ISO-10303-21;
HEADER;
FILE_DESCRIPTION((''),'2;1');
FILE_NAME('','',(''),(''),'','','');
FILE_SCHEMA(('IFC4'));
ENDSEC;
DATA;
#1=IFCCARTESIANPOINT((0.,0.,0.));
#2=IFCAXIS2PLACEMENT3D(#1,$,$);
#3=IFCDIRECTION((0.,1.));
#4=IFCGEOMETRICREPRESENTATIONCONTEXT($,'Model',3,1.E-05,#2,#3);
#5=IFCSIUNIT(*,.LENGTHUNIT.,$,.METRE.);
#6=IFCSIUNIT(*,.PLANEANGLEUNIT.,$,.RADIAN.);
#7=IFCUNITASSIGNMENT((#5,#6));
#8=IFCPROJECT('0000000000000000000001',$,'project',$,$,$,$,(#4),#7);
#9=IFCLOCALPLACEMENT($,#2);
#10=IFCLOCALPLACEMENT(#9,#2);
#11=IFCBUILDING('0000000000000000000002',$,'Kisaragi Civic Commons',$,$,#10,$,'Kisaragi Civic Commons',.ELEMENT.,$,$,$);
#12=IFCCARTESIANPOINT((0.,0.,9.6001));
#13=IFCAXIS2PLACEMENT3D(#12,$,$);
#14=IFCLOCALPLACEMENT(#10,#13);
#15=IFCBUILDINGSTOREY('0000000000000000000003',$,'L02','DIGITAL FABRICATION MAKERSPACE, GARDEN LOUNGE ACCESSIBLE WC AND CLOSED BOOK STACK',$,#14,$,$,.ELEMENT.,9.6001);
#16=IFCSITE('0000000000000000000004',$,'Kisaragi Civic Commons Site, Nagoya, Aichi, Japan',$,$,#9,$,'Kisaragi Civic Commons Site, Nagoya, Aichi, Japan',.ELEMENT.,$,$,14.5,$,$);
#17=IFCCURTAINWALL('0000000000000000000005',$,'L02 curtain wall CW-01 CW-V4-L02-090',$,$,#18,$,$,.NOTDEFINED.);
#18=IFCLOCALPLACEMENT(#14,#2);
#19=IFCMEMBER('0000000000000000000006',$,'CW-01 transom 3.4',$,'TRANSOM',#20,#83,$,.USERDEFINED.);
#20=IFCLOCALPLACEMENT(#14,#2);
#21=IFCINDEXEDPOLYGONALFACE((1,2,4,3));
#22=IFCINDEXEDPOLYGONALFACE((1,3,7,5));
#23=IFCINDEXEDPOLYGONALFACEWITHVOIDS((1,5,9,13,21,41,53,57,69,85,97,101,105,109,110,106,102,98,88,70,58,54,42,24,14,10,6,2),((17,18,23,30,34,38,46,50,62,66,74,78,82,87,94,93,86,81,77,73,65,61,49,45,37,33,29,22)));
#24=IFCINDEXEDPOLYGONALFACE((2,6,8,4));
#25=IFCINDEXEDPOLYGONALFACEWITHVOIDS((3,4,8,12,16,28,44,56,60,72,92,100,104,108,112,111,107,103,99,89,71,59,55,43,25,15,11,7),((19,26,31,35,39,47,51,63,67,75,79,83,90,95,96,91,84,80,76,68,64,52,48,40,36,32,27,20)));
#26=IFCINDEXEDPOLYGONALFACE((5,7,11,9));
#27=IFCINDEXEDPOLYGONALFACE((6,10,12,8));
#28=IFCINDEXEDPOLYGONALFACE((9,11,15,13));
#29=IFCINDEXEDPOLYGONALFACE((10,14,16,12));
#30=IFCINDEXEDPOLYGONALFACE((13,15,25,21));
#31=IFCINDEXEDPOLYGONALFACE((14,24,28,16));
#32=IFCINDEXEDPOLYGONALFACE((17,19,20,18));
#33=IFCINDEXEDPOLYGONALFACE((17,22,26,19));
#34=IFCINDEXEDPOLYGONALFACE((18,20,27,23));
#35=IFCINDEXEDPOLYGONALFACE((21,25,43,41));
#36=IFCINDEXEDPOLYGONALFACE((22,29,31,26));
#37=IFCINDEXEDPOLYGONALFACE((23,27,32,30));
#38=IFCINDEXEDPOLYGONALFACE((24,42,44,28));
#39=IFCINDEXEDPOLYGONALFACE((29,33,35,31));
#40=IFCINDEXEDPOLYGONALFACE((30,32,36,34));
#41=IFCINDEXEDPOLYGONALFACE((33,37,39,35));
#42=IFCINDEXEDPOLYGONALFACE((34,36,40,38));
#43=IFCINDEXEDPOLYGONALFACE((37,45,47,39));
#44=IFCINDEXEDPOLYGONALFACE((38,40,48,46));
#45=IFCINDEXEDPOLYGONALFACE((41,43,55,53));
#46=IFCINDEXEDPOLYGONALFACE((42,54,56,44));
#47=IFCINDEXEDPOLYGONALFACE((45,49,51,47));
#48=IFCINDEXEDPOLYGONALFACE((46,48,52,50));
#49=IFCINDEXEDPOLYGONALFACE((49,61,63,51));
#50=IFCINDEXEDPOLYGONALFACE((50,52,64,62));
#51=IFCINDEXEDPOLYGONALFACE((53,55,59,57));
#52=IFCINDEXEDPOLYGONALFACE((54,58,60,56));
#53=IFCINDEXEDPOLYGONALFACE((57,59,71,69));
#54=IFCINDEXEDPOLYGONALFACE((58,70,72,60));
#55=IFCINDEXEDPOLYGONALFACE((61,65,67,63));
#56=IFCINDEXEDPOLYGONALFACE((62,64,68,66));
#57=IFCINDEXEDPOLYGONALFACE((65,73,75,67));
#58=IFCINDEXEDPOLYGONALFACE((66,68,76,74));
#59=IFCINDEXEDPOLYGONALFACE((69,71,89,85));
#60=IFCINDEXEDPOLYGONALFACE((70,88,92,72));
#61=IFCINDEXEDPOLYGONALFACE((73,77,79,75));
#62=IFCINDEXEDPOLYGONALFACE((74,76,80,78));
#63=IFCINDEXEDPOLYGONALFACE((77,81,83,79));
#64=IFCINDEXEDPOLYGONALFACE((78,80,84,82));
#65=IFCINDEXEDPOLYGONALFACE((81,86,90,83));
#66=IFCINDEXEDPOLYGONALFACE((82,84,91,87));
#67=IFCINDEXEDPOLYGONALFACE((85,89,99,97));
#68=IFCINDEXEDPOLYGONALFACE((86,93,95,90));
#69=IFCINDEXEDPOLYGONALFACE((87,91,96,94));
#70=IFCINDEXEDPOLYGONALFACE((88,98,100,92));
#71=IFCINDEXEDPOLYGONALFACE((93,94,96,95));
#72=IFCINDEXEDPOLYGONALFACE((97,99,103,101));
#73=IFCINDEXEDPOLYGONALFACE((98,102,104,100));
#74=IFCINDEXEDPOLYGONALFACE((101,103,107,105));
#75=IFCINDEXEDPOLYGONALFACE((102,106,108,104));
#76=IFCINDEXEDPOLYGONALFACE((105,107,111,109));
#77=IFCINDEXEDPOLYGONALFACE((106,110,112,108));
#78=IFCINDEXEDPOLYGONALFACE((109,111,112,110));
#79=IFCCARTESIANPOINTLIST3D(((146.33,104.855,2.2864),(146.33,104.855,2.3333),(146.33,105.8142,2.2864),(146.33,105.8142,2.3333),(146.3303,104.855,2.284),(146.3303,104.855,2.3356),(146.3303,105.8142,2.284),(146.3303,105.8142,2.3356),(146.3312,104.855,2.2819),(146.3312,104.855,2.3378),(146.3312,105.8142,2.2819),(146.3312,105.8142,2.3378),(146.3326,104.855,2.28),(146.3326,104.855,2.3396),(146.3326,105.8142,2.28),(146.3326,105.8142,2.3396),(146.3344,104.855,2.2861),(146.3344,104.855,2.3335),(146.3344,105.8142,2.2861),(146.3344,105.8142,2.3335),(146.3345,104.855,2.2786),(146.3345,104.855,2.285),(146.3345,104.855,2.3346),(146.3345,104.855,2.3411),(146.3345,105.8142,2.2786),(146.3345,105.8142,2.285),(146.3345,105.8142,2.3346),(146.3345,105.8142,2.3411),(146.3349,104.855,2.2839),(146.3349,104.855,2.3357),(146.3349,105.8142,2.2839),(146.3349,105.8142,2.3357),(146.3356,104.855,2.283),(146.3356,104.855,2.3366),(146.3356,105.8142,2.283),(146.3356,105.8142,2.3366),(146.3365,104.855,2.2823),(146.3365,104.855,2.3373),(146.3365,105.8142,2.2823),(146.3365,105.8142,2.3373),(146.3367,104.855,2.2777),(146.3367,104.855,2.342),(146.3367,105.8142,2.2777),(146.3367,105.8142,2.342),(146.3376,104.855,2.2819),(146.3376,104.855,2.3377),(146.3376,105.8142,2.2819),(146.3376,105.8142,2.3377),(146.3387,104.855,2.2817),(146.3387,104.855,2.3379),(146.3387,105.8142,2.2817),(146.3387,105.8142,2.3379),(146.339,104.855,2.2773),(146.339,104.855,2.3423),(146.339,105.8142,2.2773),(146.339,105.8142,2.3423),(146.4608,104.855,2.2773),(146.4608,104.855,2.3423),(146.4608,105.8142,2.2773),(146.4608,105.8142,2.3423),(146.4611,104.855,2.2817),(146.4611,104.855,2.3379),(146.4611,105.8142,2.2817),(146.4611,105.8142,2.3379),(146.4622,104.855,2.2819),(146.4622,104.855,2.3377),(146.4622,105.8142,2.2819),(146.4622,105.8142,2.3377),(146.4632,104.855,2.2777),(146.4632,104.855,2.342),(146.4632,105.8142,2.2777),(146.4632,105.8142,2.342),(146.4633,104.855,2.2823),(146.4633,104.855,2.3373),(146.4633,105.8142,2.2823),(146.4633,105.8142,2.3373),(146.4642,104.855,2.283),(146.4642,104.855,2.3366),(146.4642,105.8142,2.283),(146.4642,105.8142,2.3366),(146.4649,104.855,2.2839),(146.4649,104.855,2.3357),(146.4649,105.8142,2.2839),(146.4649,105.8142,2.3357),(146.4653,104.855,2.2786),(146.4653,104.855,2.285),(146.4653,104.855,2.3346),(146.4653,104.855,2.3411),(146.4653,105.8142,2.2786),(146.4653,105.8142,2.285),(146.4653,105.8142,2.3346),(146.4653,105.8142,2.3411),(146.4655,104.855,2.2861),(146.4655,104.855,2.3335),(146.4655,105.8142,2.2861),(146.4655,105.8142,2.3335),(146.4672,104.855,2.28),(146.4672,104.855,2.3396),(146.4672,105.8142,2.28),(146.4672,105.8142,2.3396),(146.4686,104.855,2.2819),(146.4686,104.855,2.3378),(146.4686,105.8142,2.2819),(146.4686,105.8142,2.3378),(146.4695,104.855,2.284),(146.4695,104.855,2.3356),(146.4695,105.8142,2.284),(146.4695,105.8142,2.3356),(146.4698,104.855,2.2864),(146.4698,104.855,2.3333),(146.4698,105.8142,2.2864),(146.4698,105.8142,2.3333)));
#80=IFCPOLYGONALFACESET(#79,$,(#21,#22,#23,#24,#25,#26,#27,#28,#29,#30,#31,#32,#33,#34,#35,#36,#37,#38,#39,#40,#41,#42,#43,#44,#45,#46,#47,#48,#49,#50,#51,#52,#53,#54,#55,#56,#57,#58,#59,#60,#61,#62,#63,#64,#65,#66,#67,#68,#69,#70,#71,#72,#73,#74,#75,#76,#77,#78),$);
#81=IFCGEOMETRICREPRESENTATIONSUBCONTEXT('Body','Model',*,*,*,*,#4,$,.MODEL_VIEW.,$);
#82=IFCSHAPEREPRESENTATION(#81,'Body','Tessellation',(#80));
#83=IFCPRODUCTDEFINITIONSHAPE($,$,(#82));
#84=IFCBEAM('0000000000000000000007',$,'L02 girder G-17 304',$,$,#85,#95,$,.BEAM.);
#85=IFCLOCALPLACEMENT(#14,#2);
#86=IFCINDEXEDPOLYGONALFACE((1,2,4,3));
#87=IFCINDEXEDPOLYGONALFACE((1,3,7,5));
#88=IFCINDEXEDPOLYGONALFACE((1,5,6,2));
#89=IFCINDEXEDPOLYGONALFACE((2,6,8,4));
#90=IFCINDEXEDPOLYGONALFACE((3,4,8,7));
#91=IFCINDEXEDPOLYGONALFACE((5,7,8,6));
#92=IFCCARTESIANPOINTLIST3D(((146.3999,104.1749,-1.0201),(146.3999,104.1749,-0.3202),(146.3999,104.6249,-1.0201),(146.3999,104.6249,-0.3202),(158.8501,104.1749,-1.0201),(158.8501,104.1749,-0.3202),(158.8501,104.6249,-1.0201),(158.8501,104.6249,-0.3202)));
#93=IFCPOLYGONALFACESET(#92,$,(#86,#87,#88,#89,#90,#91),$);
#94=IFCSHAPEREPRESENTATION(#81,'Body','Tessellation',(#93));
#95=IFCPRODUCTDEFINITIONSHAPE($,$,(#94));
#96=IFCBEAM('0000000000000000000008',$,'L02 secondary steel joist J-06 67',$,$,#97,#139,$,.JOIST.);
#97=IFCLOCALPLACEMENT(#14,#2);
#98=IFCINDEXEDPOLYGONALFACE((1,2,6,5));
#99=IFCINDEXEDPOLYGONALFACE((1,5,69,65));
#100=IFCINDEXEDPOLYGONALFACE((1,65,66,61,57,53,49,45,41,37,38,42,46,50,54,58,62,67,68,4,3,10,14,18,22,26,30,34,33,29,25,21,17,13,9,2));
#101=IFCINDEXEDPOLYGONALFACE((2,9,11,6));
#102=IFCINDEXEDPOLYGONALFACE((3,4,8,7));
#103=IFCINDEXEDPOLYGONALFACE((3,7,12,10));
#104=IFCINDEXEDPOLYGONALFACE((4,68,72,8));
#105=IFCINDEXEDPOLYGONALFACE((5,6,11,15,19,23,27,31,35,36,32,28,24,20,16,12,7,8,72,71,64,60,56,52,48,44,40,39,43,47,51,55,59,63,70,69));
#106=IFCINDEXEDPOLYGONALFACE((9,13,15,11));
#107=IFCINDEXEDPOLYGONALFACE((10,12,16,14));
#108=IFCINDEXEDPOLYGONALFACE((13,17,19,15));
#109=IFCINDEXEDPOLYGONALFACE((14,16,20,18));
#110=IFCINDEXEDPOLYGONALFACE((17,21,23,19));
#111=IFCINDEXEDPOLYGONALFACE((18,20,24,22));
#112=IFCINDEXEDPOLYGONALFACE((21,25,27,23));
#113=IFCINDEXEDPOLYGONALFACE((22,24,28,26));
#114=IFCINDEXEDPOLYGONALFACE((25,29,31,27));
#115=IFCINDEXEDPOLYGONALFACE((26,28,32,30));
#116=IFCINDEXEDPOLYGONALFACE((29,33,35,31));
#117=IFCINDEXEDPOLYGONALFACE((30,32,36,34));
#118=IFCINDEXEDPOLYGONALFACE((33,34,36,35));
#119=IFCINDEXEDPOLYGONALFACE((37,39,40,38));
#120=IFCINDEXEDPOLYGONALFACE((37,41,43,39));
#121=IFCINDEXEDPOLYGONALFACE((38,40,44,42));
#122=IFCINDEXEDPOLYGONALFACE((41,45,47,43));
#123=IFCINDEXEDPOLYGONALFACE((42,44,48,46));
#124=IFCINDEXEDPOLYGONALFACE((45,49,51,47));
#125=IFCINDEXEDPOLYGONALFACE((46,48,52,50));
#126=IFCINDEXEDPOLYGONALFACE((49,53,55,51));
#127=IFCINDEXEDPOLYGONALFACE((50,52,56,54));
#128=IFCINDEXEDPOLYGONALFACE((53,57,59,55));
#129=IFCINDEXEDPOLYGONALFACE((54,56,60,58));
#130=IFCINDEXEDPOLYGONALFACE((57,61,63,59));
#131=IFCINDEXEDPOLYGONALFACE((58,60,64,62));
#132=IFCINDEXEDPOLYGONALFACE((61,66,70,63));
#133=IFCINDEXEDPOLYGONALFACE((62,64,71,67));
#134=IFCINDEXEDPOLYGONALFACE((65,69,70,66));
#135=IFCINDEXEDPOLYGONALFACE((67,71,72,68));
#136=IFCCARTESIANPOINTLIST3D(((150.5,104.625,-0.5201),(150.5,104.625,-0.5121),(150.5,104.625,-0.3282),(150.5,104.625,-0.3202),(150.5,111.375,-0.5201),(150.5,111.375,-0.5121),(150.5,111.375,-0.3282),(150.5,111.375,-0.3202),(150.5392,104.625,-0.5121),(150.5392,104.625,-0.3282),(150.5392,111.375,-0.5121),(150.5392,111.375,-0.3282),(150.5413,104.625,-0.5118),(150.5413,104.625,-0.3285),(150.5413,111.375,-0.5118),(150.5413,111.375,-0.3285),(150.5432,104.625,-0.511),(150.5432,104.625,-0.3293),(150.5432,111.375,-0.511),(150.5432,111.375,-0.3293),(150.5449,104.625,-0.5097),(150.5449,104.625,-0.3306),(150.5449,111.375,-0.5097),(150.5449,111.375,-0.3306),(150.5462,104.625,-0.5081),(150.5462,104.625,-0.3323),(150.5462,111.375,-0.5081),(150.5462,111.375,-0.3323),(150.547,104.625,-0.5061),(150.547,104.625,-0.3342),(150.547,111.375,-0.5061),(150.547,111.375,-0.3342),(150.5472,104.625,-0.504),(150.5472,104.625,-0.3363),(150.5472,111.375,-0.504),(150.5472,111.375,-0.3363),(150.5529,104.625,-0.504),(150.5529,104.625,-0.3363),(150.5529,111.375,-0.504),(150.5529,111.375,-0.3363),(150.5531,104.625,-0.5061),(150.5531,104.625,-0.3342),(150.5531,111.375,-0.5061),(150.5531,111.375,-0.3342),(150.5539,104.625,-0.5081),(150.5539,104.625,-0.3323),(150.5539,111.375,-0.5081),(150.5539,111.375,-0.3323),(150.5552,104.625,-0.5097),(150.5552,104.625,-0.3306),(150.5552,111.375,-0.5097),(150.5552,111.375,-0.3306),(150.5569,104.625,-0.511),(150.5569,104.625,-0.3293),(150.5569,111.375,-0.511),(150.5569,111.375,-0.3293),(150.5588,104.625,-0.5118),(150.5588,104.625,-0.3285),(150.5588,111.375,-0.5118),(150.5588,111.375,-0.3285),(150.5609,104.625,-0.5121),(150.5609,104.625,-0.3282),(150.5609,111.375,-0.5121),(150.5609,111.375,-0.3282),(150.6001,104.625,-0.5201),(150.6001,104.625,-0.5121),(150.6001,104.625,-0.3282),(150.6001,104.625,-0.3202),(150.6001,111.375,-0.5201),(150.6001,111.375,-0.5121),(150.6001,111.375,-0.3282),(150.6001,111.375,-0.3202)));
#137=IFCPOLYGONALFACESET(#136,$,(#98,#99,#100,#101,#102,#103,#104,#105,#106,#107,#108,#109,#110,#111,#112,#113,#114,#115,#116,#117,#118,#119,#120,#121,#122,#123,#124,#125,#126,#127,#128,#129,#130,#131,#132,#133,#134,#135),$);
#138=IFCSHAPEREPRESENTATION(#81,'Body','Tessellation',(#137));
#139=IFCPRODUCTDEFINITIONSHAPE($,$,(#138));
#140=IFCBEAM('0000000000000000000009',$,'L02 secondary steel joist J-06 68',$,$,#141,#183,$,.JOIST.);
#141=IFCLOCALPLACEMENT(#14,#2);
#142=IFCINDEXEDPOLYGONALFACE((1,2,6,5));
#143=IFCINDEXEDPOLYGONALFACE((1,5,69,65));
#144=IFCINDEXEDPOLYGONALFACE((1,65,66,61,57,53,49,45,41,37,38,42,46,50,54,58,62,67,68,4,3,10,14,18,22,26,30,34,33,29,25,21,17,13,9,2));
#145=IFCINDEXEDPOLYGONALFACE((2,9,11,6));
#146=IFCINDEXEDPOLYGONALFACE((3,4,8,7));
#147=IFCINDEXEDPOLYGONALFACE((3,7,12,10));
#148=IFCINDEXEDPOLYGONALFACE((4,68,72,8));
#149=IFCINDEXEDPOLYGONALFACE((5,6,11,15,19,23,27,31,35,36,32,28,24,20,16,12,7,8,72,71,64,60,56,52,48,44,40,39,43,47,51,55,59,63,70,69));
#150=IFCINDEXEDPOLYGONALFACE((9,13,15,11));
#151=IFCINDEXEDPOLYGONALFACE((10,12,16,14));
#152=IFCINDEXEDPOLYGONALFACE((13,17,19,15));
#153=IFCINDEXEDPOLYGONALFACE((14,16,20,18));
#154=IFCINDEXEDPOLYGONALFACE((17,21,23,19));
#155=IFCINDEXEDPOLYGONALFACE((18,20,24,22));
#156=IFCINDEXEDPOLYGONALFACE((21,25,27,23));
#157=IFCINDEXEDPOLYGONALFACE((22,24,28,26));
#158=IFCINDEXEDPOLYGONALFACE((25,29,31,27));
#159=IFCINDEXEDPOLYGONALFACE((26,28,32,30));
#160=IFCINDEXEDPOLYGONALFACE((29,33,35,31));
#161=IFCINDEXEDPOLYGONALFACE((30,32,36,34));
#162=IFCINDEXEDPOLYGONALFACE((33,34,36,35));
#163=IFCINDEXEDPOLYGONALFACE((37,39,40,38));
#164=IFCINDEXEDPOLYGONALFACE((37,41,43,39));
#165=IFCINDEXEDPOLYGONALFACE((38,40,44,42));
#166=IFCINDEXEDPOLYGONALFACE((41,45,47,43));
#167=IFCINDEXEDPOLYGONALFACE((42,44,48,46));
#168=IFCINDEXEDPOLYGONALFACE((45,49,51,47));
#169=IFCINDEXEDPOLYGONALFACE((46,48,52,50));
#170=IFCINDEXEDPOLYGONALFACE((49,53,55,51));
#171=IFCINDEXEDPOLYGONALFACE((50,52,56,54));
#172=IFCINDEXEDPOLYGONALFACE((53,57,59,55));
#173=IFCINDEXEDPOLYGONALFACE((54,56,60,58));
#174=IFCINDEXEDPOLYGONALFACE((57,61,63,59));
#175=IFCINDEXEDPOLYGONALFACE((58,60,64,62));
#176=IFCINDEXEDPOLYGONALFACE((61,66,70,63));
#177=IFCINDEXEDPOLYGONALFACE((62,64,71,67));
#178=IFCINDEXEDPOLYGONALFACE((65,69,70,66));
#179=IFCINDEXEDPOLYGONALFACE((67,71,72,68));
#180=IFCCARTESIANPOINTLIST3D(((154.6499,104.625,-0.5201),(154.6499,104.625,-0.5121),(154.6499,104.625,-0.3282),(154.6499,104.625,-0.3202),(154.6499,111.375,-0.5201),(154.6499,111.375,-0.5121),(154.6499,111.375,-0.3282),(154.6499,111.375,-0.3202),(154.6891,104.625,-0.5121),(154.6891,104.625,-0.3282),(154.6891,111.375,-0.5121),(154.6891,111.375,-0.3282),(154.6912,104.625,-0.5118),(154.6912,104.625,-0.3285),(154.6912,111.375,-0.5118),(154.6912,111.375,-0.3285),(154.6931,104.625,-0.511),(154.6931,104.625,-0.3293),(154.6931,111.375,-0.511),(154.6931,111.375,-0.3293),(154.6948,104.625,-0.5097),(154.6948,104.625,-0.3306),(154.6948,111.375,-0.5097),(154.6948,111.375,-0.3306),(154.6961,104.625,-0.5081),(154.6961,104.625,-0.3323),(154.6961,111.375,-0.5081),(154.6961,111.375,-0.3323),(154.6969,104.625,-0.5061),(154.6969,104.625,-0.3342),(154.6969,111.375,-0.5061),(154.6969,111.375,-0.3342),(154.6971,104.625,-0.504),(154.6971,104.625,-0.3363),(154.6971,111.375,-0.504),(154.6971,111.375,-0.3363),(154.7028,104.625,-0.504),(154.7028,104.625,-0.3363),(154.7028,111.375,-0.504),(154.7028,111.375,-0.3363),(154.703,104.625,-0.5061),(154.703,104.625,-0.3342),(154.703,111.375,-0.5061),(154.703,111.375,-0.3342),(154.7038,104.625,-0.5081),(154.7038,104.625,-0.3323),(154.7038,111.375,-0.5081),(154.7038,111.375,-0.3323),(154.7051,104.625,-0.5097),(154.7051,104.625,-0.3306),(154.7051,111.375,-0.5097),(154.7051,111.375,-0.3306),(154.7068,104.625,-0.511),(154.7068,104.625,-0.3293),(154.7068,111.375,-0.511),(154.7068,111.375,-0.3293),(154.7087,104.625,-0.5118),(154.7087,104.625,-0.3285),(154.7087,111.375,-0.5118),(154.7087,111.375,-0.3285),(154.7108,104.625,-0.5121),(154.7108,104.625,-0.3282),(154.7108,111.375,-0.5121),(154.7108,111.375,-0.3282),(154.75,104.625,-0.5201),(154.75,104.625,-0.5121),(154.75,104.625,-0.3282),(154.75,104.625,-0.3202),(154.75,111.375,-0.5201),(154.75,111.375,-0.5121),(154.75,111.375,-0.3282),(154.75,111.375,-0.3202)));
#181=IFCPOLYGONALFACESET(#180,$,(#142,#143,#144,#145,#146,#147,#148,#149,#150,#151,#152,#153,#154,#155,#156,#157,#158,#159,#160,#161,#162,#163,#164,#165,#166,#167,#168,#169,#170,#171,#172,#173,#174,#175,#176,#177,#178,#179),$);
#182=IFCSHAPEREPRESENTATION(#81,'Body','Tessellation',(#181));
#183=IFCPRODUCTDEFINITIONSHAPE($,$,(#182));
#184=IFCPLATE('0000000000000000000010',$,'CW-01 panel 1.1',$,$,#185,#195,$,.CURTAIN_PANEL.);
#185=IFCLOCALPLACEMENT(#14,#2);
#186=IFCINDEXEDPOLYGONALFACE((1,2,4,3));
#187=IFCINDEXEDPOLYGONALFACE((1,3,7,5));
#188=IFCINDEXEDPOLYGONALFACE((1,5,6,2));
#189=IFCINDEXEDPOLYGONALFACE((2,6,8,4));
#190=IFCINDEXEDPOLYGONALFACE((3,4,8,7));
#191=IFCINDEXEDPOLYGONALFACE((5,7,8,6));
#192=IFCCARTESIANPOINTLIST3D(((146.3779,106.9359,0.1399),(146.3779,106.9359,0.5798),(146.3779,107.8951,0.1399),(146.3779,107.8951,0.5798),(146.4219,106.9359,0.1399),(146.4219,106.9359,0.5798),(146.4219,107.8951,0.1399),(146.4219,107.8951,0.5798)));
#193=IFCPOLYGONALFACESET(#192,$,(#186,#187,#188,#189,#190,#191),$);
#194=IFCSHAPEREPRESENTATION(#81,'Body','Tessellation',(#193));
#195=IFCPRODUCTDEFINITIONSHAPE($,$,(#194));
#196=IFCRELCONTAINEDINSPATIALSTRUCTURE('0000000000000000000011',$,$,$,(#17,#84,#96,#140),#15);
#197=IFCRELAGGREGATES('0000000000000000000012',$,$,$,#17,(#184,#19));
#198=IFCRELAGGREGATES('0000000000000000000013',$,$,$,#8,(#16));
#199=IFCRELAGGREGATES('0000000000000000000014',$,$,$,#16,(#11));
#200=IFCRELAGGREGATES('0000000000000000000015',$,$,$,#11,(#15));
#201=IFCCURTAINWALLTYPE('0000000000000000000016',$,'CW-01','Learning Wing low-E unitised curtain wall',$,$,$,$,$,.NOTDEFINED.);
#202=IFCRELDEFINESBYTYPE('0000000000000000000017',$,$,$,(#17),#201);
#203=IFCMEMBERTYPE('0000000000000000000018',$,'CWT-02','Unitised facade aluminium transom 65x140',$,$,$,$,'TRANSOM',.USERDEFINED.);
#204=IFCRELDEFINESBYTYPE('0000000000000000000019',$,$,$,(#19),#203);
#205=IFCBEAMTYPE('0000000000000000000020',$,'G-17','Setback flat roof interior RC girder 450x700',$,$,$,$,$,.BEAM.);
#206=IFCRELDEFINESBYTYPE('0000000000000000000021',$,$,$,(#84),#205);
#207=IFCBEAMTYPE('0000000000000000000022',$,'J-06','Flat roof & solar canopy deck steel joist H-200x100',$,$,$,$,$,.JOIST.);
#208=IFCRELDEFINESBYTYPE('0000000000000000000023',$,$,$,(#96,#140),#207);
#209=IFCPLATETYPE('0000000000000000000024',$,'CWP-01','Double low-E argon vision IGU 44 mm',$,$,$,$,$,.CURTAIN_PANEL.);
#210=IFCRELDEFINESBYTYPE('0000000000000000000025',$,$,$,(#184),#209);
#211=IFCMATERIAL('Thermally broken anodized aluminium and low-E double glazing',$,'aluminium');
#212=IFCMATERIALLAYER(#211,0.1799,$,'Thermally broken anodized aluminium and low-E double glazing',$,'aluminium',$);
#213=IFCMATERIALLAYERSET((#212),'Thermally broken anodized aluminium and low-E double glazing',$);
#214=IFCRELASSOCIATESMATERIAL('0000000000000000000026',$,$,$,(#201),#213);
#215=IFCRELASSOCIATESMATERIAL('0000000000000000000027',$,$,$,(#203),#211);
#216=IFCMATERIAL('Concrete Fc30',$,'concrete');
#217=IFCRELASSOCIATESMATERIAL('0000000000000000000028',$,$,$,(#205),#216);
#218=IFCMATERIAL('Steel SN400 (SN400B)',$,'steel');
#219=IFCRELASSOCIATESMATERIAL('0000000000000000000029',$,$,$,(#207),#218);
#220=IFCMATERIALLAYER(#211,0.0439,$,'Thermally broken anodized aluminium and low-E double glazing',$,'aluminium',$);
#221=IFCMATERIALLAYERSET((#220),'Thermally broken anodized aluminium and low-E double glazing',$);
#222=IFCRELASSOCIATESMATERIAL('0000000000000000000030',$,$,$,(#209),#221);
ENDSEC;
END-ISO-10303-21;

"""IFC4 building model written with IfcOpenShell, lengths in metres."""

from ifc_helpers import new_model, si_unit, direction, frame, origin, origin_2d, place, context, subcontext, project, spatial, rectangle, hollow_rectangle, i_section, extrude, material, layer, layer_set, material_profile, profile_set, type_object, element, aggregate, save


model = new_model("IFC4")

# Units and contexts
model_context = context("Model", 3, precision=1e-05, world=origin(), true_north=direction((0.0, 1.0)))
body_context = subcontext(model_context, "Body", "Model", "MODEL_VIEW")
ifc_project = project(units=[si_unit("LENGTHUNIT", "METRE"), si_unit("PLANEANGLEUNIT", "RADIAN")], contexts=[model_context])

# Site, building, storey
site_placement = place(None, origin())
site = spatial("IfcSite", under=ifc_project, at=site_placement, Name="Kisaragi Civic Commons Site, Nagoya, Aichi, Japan", LongName="Kisaragi Civic Commons Site, Nagoya, Aichi, Japan", CompositionType="ELEMENT", RefElevation=14.5)
building_placement = place(site_placement, origin())
building = spatial("IfcBuilding", under=site, at=building_placement, Name="Kisaragi Civic Commons", LongName="Kisaragi Civic Commons", CompositionType="ELEMENT")
storey_placement = place(building_placement, frame((0.0, 0.0, 9.6001)))
storey = spatial("IfcBuildingStorey", under=building, at=storey_placement, Name="L02", Description="DIGITAL FABRICATION MAKERSPACE, GARDEN LOUNGE ACCESSIBLE WC AND CLOSED BOOK STACK", CompositionType="ELEMENT", Elevation=9.6001)

# Shared definitions
ifc_material_1 = material(Name="Thermally broken anodized aluminium and low-E double glazing", Category="aluminium")
ifc_layer_1 = layer(ifc_material_1, 0.1799, Name="Thermally broken anodized aluminium and low-E double glazing", Category="aluminium")
ifc_layer_set_1 = layer_set([ifc_layer_1], Name="Thermally broken anodized aluminium and low-E double glazing")
curtain_wall_type = type_object("IfcCurtainWallType", Name="CW-01", Description="Learning Wing low-E unitised curtain wall", PredefinedType="NOTDEFINED", material=ifc_layer_set_1)

# Curtain wall, member
curtain_wall_1_placement = place(storey_placement, origin())
curtain_wall_1 = element("IfcCurtainWall", 1, at=curtain_wall_1_placement, inside=storey, type_object=curtain_wall_type, Name="L02 curtain wall CW-01 CW-V4-L02-090", PredefinedType="NOTDEFINED")
ifc_material_profile_1 = material_profile(ifc_material_1, hollow_rectangle(XDim=0.1399, YDim=0.0649, WallThickness=0.0044, InnerFilletRadius=0.0044, OuterFilletRadius=0.009, at=origin_2d()), Name="CWT-65x140x4.5", Category="aluminium")
ifc_profile_set_1 = profile_set([ifc_material_profile_1], Name="Thermally broken anodized aluminium and low-E double glazing")
member_type_1 = type_object("IfcMemberType", Name="CWT-02", Description="Unitised facade aluminium transom 65x140", ElementType="TRANSOM", PredefinedType="USERDEFINED", material=ifc_profile_set_1)
member_1_placement = place(storey_placement, frame((146.3999, 105.8142, 2.3098), z_axis=(0.0, -1.0, 0.0), x_axis=(1.0, 0.0, 0.0)))
member_1 = element("IfcMember", 2, at=member_1_placement, type_object=member_type_1, Name="CW-01 transom 3.4", ObjectType="TRANSOM", PredefinedType="USERDEFINED", context=body_context, shape_type="SweptSolid", body=[
    extrude(hollow_rectangle(XDim=0.1399, YDim=0.0649, WallThickness=0.0044, InnerFilletRadius=0.0044, OuterFilletRadius=0.009, at=origin_2d()), origin(), (0.0, 0.0, 1.0), 0.9592),
])

# Beams
ifc_material_2 = material(Name="Concrete Fc30", Category="concrete")
ifc_material_profile_2 = material_profile(ifc_material_2, rectangle(XDim=0.45, YDim=0.7, at=origin_2d()), Name="RC-450x700", Category="concrete")
ifc_profile_set_2 = profile_set([ifc_material_profile_2], Name="Concrete Fc30")
beam_type_1 = type_object("IfcBeamType", Name="G-17", Description="Setback flat roof interior RC girder 450x700", PredefinedType="BEAM", material=ifc_profile_set_2)
beam_placement = place(storey_placement, frame((146.3999, 104.3999, -0.6702), z_axis=(1.0, 0.0, 0.0), x_axis=(0.0, 1.0, 0.0)))
element("IfcBeam", 3, at=beam_placement, inside=storey, type_object=beam_type_1, Name="L02 girder G-17 304", PredefinedType="BEAM", context=body_context, shape_type="SweptSolid", body=[
    extrude(rectangle(XDim=0.45, YDim=0.7, at=origin_2d()), origin(), (0.0, 0.0, 1.0), 12.4502),
])
ifc_material_3 = material(Name="Steel SN400 (SN400B)", Category="steel")
ifc_material_profile_3 = material_profile(ifc_material_3, i_section(OverallWidth=0.1001, OverallDepth=0.2, WebThickness=0.0056, FlangeThickness=0.0081, FilletRadius=0.0081, at=origin_2d()), Name="H-200x100x5.5x8", Category="steel")
ifc_profile_set_3 = profile_set([ifc_material_profile_3], Name="Steel SN400 (SN400B)")
beam_type_2 = type_object("IfcBeamType", Name="J-06", Description="Flat roof & solar canopy deck steel joist H-200x100", PredefinedType="JOIST", material=ifc_profile_set_3)
for number, where, z_axis, x_axis, name in (
    (4, (150.55, 104.625, -0.4202), (0.0, 1.0, 0.0), (-1.0, 0.0, 0.0), "L02 secondary steel joist J-06 67"),
    (5, (154.7, 104.625, -0.4202), (0.0, 1.0, 0.0), (-1.0, 0.0, 0.0), "L02 secondary steel joist J-06 68"),
):
    element("IfcBeam", number, at=place(storey_placement, frame(where, z_axis=z_axis, x_axis=x_axis)), inside=storey, type_object=beam_type_2, Name=name, PredefinedType="JOIST", context=body_context, shape_type="SweptSolid", body=[
        extrude(i_section(OverallWidth=0.1001, OverallDepth=0.2, WebThickness=0.0056, FlangeThickness=0.0081, FilletRadius=0.0081, at=origin_2d()), origin(), (0.0, 0.0, 1.0), 6.75),
    ])

# Plate
ifc_layer_2 = layer(ifc_material_1, 0.0439, Name="Thermally broken anodized aluminium and low-E double glazing", Category="aluminium")
ifc_layer_set_2 = layer_set([ifc_layer_2], Name="Thermally broken anodized aluminium and low-E double glazing")
plate_type_1 = type_object("IfcPlateType", Name="CWP-01", Description="Double low-E argon vision IGU 44 mm", PredefinedType="CURTAIN_PANEL", material=ifc_layer_set_2)
plate_1_placement = place(storey_placement, frame((146.3999, 107.4155, 0.1399), z_axis=(0.0, 0.0, 1.0), x_axis=(0.0, -1.0, 0.0)))
plate_1 = element("IfcPlate", 6, at=plate_1_placement, type_object=plate_type_1, Name="CW-01 panel 1.1", PredefinedType="CURTAIN_PANEL", context=body_context, shape_type="SweptSolid", body=[
    extrude(rectangle(XDim=0.9592, YDim=0.0439, at=origin_2d()), origin(), (0.0, 0.0, 1.0), 0.4399),
])
aggregate(curtain_wall_1, [plate_1, member_1])

save(model, "model.ifc")
